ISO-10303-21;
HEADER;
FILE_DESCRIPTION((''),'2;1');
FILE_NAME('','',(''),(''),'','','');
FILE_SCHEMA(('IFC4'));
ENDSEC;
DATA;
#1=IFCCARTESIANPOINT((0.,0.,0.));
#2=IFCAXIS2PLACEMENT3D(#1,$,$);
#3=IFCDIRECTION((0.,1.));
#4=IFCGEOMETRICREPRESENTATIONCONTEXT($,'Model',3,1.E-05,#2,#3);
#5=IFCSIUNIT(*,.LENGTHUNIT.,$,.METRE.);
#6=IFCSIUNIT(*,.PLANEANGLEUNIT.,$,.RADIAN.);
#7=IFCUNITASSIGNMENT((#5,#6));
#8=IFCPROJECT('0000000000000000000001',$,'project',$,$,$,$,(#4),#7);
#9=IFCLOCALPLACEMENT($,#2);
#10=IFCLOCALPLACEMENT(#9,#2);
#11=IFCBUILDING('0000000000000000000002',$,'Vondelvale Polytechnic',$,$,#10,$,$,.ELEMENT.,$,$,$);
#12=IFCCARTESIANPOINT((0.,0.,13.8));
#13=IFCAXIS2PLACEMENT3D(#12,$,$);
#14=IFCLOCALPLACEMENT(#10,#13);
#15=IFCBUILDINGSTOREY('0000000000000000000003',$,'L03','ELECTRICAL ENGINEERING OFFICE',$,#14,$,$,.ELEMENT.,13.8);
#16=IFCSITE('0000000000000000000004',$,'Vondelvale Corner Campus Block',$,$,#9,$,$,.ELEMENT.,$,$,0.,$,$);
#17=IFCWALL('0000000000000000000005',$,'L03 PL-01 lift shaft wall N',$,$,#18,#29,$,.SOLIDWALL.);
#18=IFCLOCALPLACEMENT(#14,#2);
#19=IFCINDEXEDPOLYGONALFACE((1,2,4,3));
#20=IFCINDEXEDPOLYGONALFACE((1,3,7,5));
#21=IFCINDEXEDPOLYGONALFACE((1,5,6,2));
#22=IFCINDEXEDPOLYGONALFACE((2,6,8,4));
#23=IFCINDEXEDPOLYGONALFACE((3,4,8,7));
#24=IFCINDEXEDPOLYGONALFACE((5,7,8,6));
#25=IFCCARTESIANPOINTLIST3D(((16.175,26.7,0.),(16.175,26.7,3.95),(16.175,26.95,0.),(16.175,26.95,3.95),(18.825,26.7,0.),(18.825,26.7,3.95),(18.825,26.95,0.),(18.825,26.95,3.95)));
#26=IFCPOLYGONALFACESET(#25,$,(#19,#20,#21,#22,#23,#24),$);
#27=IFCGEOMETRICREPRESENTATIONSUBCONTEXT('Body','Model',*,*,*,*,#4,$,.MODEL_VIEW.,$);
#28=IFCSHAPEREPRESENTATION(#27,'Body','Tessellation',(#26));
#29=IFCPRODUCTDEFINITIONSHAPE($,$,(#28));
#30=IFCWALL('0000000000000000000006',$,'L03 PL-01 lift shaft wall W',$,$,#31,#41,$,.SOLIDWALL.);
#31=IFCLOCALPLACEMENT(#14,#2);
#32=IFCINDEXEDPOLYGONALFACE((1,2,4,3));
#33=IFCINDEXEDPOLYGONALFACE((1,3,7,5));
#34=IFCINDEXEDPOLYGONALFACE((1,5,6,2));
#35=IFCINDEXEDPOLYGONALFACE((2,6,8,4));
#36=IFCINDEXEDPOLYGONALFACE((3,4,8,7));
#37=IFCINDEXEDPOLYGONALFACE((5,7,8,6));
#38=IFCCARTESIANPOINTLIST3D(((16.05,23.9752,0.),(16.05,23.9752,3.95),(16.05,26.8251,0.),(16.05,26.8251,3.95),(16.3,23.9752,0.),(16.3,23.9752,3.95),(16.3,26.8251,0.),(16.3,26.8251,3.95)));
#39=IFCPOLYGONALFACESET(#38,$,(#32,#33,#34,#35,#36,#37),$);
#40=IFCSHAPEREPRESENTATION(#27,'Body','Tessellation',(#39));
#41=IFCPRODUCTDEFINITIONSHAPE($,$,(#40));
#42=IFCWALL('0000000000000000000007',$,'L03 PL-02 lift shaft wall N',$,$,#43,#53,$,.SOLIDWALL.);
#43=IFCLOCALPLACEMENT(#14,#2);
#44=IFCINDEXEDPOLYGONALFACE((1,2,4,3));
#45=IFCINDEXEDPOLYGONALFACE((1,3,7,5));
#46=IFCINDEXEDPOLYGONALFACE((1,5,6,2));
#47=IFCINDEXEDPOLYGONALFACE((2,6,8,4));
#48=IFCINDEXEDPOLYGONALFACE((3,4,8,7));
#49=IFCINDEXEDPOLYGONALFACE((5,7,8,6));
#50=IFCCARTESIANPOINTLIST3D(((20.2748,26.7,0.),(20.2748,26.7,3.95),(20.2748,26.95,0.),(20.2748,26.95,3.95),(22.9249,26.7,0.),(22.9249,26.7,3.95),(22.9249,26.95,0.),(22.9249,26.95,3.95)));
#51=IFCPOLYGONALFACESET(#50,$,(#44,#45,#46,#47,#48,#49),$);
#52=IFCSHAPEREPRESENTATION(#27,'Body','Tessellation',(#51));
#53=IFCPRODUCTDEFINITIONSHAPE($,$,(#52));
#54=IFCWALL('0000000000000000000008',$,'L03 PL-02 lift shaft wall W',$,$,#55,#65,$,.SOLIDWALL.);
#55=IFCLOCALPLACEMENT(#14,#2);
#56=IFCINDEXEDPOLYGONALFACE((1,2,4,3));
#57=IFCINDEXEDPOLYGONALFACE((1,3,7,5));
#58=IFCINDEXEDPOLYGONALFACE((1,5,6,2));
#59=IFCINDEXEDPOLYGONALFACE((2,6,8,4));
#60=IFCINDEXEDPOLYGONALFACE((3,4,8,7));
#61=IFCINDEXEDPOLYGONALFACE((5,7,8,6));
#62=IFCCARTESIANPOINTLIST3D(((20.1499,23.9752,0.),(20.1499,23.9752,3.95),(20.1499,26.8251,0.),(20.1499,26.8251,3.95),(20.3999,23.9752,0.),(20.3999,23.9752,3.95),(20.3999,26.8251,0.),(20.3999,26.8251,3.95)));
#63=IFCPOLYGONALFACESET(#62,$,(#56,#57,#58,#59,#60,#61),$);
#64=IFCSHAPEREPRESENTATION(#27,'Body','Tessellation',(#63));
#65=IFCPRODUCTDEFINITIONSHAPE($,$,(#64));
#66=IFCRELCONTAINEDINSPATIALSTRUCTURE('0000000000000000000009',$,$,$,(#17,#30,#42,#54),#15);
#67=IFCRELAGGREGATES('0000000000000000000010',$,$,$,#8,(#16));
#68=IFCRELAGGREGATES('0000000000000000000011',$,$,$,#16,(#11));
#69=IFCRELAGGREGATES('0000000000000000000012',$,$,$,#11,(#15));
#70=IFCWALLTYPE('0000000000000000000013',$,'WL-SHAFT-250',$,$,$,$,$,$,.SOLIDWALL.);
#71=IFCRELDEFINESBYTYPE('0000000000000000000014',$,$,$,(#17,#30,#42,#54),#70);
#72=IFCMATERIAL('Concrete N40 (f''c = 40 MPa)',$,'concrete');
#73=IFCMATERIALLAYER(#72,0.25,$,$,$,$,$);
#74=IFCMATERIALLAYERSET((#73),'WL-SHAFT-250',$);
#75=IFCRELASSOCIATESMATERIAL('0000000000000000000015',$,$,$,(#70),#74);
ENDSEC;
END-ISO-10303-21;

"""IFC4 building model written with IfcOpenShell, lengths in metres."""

from ifc_helpers import new_model, si_unit, direction, frame, frame_2d, origin, place, context, subcontext, project, spatial, rectangle, extrude, material, layer, layer_set, type_object, element, save


model = new_model("IFC4")

# Units and contexts
model_context = context("Model", 3, precision=1e-05, world=origin(), true_north=direction((0.0, 1.0)))
body_context = subcontext(model_context, "Body", "Model", "MODEL_VIEW")
ifc_project = project(units=[si_unit("LENGTHUNIT", "METRE"), si_unit("PLANEANGLEUNIT", "RADIAN")], contexts=[model_context])

# Site, building, storey
site_placement = place(None, origin())
site = spatial("IfcSite", under=ifc_project, at=site_placement, Name="Vondelvale Corner Campus Block", CompositionType="ELEMENT", RefElevation=0.0)
building_placement = place(site_placement, origin())
building = spatial("IfcBuilding", under=site, at=building_placement, Name="Vondelvale Polytechnic", CompositionType="ELEMENT")
storey_placement = place(building_placement, frame((0.0, 0.0, 13.8)))
storey = spatial("IfcBuildingStorey", under=building, at=storey_placement, Name="L03", Description="ELECTRICAL ENGINEERING OFFICE", CompositionType="ELEMENT", Elevation=13.8)

# Shared definitions
ifc_material_1 = material(Name="Concrete N40 (f'c = 40 MPa)", Category="concrete")

# Walls
ifc_layer_1 = layer(ifc_material_1, 0.25)
ifc_layer_set_1 = layer_set([ifc_layer_1], Name="WL-SHAFT-250")
wall_type_1 = type_object("IfcWallType", Name="WL-SHAFT-250", PredefinedType="SOLIDWALL", material=ifc_layer_set_1)
wall_1_placement = place(storey_placement, frame((18.825, 26.825, 0.0), z_axis=(0.0, 0.0, 1.0), x_axis=(-1.0, 0.0, 0.0)))
element("IfcWall", 1, at=wall_1_placement, inside=storey, type_object=wall_type_1, Name="L03 PL-01 lift shaft wall N", PredefinedType="SOLIDWALL", context=body_context, shape_type="SweptSolid", body=[
    extrude(rectangle(XDim=2.6499, YDim=0.25, at=frame_2d((1.325, 0.0))), origin(), (0.0, 0.0, 1.0), 3.95),
])
wall_2_placement = place(storey_placement, frame((16.175, 26.825, 0.0), z_axis=(0.0, 0.0, 1.0), x_axis=(0.0, -1.0, 0.0)))
element("IfcWall", 2, at=wall_2_placement, inside=storey, type_object=wall_type_1, Name="L03 PL-01 lift shaft wall W", PredefinedType="SOLIDWALL", context=body_context, shape_type="SweptSolid", body=[
    extrude(rectangle(XDim=2.8499, YDim=0.25, at=frame_2d((1.4248, 0.0))), origin(), (0.0, 0.0, 1.0), 3.95),
])
wall_3_placement = place(storey_placement, frame((22.925, 26.825, 0.0), z_axis=(0.0, 0.0, 1.0), x_axis=(-1.0, 0.0, 0.0)))
element("IfcWall", 3, at=wall_3_placement, inside=storey, type_object=wall_type_1, Name="L03 PL-02 lift shaft wall N", PredefinedType="SOLIDWALL", context=body_context, shape_type="SweptSolid", body=[
    extrude(rectangle(XDim=2.6501, YDim=0.25, at=frame_2d((1.3252, 0.0))), origin(), (0.0, 0.0, 1.0), 3.95),
])
wall_4_placement = place(storey_placement, frame((20.2749, 26.825, 0.0), z_axis=(0.0, 0.0, 1.0), x_axis=(0.0, -1.0, 0.0)))
element("IfcWall", 4, at=wall_4_placement, inside=storey, type_object=wall_type_1, Name="L03 PL-02 lift shaft wall W", PredefinedType="SOLIDWALL", context=body_context, shape_type="SweptSolid", body=[
    extrude(rectangle(XDim=2.8499, YDim=0.25, at=frame_2d((1.4248, 0.0))), origin(), (0.0, 0.0, 1.0), 3.95),
])

save(model, "model.ifc")
